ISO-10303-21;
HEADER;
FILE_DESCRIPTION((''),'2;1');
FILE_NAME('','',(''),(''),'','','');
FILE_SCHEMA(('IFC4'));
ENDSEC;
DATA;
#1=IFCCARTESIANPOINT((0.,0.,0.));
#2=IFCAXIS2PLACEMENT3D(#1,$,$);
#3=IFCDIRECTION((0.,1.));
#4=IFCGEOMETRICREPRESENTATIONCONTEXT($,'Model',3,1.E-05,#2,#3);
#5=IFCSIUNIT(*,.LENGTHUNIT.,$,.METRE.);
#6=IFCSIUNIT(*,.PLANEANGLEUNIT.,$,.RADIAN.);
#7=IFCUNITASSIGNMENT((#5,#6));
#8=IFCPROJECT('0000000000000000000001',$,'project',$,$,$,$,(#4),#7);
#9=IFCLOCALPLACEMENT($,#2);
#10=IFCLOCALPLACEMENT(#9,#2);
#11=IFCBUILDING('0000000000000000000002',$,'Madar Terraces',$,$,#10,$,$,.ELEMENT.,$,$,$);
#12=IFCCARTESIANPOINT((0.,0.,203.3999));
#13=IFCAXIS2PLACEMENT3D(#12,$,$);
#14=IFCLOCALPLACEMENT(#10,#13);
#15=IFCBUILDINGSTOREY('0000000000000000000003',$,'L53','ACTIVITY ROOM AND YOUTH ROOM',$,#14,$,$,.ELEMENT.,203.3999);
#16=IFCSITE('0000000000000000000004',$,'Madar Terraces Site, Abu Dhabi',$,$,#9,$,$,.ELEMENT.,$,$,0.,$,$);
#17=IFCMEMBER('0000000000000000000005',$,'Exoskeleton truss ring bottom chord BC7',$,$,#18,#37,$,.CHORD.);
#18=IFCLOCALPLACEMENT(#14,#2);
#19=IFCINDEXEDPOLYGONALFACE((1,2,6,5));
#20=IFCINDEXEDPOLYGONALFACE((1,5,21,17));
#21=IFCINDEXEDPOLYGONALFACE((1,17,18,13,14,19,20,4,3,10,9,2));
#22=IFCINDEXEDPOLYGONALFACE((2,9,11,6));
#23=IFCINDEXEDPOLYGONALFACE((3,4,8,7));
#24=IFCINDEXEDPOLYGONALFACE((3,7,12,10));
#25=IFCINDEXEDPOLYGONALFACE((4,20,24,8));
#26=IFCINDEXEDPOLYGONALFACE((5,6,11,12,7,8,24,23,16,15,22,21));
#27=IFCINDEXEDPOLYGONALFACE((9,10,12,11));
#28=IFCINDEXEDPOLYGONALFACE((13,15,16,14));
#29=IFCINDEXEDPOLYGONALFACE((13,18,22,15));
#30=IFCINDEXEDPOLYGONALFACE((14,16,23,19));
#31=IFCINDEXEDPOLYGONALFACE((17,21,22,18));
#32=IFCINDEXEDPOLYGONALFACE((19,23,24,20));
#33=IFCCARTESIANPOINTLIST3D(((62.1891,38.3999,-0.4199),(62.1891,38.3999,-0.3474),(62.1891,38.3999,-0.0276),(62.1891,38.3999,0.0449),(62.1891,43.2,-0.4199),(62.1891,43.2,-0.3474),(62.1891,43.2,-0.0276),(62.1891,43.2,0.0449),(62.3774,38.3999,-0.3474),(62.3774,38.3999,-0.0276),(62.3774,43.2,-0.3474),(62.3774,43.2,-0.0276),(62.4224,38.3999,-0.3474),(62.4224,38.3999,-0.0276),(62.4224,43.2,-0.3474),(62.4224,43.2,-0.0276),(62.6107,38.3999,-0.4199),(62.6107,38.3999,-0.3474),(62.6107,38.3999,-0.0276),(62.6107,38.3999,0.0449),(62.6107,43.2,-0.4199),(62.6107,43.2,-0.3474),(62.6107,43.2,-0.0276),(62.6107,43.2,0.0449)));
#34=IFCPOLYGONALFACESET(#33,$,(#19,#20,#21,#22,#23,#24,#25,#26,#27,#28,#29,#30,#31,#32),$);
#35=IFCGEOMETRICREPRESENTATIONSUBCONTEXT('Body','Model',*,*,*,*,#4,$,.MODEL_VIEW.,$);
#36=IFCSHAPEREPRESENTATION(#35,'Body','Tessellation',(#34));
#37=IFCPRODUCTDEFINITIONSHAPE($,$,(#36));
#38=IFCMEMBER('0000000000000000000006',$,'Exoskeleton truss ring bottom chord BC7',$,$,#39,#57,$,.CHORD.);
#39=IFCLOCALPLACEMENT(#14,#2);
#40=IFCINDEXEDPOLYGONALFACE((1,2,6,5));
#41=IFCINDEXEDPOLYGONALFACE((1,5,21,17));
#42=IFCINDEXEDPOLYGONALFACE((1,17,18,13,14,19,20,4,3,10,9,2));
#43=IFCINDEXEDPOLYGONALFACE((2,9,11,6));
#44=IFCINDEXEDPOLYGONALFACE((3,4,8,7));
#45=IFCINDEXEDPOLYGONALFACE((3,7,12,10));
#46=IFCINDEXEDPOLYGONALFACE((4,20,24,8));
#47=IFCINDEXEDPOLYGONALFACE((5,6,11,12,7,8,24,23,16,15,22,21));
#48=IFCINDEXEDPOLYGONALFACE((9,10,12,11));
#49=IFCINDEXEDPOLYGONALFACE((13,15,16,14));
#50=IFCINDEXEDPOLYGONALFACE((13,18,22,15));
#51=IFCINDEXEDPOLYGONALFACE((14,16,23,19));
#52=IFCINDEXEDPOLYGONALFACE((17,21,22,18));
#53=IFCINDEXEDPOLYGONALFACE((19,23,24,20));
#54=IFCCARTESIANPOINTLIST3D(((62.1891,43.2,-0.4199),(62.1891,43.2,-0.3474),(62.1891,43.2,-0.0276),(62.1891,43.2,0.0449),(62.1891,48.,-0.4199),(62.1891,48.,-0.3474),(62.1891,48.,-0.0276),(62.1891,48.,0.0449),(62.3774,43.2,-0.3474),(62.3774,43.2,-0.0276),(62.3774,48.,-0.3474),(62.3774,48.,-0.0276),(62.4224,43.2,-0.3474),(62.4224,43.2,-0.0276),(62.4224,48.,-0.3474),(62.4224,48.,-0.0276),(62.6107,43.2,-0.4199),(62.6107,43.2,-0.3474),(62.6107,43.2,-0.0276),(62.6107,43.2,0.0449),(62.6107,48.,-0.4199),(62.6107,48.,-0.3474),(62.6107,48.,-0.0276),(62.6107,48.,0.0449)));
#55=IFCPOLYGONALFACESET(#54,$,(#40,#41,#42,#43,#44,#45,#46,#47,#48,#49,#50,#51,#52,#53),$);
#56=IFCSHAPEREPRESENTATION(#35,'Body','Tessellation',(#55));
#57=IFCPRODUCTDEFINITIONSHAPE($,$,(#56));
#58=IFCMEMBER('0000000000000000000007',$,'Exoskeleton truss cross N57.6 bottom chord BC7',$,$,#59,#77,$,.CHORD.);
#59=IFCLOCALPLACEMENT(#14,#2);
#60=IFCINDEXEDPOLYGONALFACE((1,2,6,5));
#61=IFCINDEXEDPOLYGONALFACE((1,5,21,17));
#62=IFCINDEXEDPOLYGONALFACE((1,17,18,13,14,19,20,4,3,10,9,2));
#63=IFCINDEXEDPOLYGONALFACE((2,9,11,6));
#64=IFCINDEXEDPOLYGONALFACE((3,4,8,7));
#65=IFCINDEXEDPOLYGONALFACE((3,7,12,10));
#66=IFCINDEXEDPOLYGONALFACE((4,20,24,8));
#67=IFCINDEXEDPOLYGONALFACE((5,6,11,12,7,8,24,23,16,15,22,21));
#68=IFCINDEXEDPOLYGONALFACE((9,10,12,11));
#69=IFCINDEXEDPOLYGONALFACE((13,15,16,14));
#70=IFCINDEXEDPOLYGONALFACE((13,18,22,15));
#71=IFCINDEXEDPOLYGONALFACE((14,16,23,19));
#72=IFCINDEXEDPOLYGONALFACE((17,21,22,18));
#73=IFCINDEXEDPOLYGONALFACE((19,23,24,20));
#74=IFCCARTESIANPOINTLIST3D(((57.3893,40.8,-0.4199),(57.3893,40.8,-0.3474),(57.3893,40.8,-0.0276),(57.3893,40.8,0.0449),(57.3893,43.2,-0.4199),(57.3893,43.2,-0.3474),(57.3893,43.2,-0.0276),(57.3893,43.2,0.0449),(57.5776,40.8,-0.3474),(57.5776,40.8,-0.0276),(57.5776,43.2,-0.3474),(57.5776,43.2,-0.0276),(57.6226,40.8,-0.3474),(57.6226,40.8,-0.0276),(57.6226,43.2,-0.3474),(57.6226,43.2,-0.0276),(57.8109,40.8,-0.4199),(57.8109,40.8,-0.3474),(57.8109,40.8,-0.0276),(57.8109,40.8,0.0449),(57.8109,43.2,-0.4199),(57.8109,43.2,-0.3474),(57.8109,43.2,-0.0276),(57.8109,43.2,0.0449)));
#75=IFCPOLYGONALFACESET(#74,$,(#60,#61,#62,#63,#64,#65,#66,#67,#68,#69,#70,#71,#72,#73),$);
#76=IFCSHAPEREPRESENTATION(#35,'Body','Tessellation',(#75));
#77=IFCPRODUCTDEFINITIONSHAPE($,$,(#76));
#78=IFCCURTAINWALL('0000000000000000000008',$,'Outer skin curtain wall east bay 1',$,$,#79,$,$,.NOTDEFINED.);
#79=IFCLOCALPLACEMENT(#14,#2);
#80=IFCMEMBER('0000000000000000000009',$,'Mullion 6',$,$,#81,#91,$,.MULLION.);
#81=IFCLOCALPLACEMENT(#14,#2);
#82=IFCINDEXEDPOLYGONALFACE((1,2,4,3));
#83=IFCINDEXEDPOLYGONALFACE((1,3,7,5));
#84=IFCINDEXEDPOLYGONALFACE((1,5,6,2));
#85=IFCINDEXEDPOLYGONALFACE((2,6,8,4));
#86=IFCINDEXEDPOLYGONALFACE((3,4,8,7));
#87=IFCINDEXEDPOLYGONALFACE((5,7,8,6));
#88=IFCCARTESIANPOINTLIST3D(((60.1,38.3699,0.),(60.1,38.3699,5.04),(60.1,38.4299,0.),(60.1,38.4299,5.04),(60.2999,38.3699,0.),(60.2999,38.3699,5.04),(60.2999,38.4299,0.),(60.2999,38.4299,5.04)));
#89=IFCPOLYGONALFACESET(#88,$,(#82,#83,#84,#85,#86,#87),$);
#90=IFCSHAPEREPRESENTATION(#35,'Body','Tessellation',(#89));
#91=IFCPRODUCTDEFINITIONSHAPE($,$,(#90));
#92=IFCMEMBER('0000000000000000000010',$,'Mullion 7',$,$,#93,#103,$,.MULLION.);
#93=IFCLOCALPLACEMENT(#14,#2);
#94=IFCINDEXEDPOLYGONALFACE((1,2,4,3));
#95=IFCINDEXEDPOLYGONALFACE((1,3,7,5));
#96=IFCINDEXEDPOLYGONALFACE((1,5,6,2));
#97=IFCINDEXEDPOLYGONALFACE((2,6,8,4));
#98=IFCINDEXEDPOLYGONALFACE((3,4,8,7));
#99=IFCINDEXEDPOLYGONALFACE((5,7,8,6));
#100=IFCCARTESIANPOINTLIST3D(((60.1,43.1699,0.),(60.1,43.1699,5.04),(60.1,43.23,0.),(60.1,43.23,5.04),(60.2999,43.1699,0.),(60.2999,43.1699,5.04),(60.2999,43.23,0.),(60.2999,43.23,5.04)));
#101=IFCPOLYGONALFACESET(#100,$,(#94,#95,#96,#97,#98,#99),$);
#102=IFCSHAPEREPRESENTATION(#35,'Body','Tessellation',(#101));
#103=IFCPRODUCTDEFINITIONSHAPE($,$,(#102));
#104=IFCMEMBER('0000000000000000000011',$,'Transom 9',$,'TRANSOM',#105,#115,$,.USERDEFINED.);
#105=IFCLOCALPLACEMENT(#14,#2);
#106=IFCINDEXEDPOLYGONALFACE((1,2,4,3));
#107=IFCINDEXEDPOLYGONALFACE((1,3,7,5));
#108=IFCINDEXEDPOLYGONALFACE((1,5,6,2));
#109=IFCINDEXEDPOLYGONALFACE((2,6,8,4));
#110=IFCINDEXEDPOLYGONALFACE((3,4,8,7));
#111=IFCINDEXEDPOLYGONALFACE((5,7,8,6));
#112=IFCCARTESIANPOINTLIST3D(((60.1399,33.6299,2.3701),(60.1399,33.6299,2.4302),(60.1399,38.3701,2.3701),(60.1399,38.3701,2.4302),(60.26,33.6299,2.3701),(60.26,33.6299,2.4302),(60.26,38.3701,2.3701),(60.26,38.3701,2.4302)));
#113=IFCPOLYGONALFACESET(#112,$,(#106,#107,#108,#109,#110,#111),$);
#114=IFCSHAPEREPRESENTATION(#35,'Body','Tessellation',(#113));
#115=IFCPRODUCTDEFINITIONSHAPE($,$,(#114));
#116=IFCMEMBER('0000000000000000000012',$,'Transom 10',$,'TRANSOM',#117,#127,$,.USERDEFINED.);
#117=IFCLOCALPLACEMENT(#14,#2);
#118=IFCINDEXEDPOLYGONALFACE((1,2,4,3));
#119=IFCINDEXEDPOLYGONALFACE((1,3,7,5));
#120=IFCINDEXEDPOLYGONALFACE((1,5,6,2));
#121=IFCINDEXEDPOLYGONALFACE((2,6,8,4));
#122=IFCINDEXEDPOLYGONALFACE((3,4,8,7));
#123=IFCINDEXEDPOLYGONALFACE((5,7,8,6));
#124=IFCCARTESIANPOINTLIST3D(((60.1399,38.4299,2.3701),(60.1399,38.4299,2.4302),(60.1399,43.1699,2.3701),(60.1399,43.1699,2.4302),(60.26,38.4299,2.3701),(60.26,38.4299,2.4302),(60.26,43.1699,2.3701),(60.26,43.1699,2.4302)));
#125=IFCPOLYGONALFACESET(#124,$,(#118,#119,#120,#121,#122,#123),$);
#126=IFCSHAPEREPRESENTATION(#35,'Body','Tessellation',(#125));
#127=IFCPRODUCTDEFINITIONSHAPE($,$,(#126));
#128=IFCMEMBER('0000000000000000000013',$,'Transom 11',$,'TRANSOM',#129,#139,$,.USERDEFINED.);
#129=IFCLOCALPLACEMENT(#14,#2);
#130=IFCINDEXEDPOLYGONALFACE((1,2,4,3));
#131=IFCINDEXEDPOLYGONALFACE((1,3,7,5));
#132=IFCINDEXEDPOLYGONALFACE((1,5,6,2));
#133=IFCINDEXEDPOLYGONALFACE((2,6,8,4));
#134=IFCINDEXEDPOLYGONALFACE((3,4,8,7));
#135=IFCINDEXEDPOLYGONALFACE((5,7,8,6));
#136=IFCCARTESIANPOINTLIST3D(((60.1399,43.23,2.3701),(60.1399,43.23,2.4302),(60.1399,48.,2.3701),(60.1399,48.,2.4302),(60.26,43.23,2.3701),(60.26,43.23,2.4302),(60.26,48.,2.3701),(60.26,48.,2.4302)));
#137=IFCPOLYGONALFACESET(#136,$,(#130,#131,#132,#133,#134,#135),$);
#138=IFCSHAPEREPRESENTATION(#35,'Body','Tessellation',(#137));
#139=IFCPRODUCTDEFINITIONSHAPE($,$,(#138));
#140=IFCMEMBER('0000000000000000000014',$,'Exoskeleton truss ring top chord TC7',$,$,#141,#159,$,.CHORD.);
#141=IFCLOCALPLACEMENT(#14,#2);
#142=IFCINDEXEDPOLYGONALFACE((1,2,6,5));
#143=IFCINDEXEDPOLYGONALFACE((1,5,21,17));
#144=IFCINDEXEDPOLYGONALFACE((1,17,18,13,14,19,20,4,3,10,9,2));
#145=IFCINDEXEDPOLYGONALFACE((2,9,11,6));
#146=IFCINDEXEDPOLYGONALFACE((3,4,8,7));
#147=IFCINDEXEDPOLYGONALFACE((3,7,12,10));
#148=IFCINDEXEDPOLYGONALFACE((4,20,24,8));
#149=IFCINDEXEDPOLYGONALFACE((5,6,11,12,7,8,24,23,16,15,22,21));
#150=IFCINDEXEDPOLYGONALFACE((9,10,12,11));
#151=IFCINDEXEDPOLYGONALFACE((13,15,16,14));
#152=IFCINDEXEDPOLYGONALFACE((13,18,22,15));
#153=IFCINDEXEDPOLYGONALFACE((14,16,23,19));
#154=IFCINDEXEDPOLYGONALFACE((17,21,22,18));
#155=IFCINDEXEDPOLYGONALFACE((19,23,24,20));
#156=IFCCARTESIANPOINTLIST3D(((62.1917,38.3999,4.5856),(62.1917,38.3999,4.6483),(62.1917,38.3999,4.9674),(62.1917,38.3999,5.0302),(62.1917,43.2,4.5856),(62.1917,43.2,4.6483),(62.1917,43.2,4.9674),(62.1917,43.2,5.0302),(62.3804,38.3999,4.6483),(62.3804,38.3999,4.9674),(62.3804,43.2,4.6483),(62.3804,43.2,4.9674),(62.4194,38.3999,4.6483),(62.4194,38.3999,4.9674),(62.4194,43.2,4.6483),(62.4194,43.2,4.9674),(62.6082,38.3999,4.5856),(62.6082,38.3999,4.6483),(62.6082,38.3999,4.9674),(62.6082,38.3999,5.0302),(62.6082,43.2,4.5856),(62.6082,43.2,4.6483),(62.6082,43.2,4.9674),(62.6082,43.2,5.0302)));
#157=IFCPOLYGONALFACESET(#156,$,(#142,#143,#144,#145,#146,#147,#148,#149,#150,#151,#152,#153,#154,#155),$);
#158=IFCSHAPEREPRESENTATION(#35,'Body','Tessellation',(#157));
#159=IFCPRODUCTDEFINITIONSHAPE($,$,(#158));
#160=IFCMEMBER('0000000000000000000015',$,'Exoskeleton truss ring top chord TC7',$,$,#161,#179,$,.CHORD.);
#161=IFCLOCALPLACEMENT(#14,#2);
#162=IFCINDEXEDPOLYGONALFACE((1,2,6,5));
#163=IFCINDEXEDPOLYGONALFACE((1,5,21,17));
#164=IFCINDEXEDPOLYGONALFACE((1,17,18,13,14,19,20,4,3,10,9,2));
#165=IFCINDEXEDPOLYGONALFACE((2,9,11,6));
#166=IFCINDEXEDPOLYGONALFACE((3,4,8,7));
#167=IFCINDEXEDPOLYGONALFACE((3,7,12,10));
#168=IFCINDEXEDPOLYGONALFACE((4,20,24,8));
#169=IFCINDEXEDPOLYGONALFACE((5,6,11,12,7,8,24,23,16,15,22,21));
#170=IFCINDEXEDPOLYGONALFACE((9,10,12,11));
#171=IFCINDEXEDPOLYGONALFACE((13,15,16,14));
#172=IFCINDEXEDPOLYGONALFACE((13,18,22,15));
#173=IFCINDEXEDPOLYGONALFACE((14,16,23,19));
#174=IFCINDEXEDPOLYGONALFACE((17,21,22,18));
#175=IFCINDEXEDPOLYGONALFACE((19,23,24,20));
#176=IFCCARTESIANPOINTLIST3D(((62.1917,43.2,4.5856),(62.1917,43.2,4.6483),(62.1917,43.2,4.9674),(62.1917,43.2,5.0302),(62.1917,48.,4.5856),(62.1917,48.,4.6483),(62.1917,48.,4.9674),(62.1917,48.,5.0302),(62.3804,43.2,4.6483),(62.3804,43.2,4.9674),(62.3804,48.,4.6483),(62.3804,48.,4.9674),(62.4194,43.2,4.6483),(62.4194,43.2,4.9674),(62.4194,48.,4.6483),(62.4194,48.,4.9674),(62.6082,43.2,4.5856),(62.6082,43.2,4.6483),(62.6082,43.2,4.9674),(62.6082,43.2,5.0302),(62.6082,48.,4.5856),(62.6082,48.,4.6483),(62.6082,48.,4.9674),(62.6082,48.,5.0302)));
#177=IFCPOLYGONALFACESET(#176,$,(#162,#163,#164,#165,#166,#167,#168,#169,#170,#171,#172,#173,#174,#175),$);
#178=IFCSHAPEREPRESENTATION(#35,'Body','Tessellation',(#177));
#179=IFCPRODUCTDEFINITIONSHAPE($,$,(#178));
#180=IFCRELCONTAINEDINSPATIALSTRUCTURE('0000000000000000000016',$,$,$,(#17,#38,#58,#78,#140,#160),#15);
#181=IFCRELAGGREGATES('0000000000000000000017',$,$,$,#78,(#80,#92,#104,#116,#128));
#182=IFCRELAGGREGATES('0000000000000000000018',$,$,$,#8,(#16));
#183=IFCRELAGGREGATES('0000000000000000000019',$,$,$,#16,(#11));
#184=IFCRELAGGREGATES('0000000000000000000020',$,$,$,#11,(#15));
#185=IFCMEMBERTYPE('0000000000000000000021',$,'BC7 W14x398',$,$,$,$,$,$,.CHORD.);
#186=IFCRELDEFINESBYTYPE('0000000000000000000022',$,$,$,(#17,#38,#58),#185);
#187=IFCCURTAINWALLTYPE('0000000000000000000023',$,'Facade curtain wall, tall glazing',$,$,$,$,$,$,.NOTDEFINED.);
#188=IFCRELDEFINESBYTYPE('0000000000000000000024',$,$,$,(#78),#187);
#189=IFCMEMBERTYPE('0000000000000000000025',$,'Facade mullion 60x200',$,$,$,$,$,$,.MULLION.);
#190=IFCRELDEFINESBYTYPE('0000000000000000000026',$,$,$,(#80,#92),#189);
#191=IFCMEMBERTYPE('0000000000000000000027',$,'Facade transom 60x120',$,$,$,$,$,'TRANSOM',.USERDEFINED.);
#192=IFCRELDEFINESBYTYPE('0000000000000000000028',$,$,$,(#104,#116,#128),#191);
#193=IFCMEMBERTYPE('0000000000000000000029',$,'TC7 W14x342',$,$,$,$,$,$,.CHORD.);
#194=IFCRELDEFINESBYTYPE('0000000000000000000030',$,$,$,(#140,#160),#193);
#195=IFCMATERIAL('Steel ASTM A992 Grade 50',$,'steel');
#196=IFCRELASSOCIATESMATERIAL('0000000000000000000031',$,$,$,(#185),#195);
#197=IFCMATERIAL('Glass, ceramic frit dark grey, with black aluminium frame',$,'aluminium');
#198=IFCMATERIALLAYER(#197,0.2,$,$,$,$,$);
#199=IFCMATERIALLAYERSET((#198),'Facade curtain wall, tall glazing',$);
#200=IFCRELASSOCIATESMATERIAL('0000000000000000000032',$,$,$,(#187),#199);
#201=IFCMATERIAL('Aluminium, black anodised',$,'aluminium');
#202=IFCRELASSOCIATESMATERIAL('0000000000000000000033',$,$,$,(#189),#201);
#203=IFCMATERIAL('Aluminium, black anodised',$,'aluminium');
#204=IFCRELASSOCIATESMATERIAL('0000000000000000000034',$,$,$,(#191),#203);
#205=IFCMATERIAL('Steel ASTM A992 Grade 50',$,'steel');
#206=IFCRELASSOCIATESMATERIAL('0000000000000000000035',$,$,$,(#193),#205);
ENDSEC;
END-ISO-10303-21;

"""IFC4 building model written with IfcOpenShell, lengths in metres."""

from ifc_helpers import new_model, si_unit, direction, frame, origin, origin_2d, place, context, subcontext, project, spatial, rectangle, i_section, extrude, material, layer, layer_set, material_profile, profile_set, type_object, element, aggregate, save


model = new_model("IFC4")

# Units and contexts
model_context = context("Model", 3, precision=1e-05, world=origin(), true_north=direction((0.0, 1.0)))
body_context = subcontext(model_context, "Body", "Model", "MODEL_VIEW")
ifc_project = project(units=[si_unit("LENGTHUNIT", "METRE"), si_unit("PLANEANGLEUNIT", "RADIAN")], contexts=[model_context])

# Site, building, storey
site_placement = place(None, origin())
site = spatial("IfcSite", under=ifc_project, at=site_placement, Name="Madar Terraces Site, Abu Dhabi", CompositionType="ELEMENT", RefElevation=0.0)
building_placement = place(site_placement, origin())
building = spatial("IfcBuilding", under=site, at=building_placement, Name="Madar Terraces", CompositionType="ELEMENT")
storey_placement = place(building_placement, frame((0.0, 0.0, 203.3999)))
storey = spatial("IfcBuildingStorey", under=building, at=storey_placement, Name="L53", Description="ACTIVITY ROOM AND YOUTH ROOM", CompositionType="ELEMENT", Elevation=203.3999)

# Members
ifc_material_1 = material(Name="Steel ASTM A992 Grade 50", Category="steel")
ifc_material_profile_1 = material_profile(ifc_material_1, i_section(OverallWidth=0.4216, OverallDepth=0.4648, WebThickness=0.0449, FlangeThickness=0.0725, at=origin_2d()), Name="W14x398")
ifc_profile_set_1 = profile_set([ifc_material_profile_1], Name="Steel ASTM A992 Grade 50")
member_type_1 = type_object("IfcMemberType", Name="BC7 W14x398", PredefinedType="CHORD", material=ifc_profile_set_1)
for number, where, z_axis, x_axis, name in (
    (1, (62.3999, 38.3999, -0.1875), (0.0, 1.0, 0.0), (-1.0, 0.0, 0.0), "Exoskeleton truss ring bottom chord BC7"),
    (2, (62.3999, 43.2, -0.1875), (0.0, 1.0, 0.0), (-1.0, 0.0, 0.0), "Exoskeleton truss ring bottom chord BC7"),
):
    element("IfcMember", number, at=place(storey_placement, frame(where, z_axis=z_axis, x_axis=x_axis)), inside=storey, type_object=member_type_1, Name=name, PredefinedType="CHORD", context=body_context, shape_type="SweptSolid", body=[
        extrude(i_section(OverallWidth=0.4216, OverallDepth=0.4648, WebThickness=0.0449, FlangeThickness=0.0725, at=origin_2d()), origin(), (0.0, 0.0, 1.0), 4.8),
    ])
member_1_placement = place(storey_placement, frame((57.6001, 43.2, -0.1875), z_axis=(0.0, -1.0, 0.0), x_axis=(1.0, 0.0, 0.0)))
element("IfcMember", 3, at=member_1_placement, inside=storey, type_object=member_type_1, Name="Exoskeleton truss cross N57.6 bottom chord BC7", PredefinedType="CHORD", context=body_context, shape_type="SweptSolid", body=[
    extrude(i_section(OverallWidth=0.4216, OverallDepth=0.4648, WebThickness=0.0449, FlangeThickness=0.0725, at=origin_2d()), origin(), (0.0, 0.0, 1.0), 2.3999),
])

# Curtain wall, members
ifc_material_2 = material(Name="Glass, ceramic frit dark grey, with black aluminium frame", Category="aluminium")
ifc_layer_1 = layer(ifc_material_2, 0.2)
ifc_layer_set_1 = layer_set([ifc_layer_1], Name="Facade curtain wall, tall glazing")
curtain_wall_type = type_object("IfcCurtainWallType", Name="Facade curtain wall, tall glazing", PredefinedType="NOTDEFINED", material=ifc_layer_set_1)
curtain_wall_placement = place(storey_placement, origin())
curtain_wall = element("IfcCurtainWall", 4, at=curtain_wall_placement, inside=storey, type_object=curtain_wall_type, Name="Outer skin curtain wall east bay 1", PredefinedType="NOTDEFINED")
ifc_material_3 = material(Name="Aluminium, black anodised", Category="aluminium")
ifc_material_profile_2 = material_profile(ifc_material_3, rectangle(XDim=0.2, YDim=0.0601, at=origin_2d()), Name="Facade mullion 60x200")
ifc_profile_set_2 = profile_set([ifc_material_profile_2], Name="Aluminium, black anodised")
member_type_2 = type_object("IfcMemberType", Name="Facade mullion 60x200", PredefinedType="MULLION", material=ifc_profile_set_2)
member_2_placement = place(storey_placement, frame((60.2, 38.3999, 0.0), z_axis=(0.0, 0.0, 1.0), x_axis=(-1.0, 0.0, 0.0)))
member_2 = element("IfcMember", 5, at=member_2_placement, type_object=member_type_2, Name="Mullion 6", PredefinedType="MULLION", context=body_context, shape_type="SweptSolid", body=[
    extrude(rectangle(XDim=0.2, YDim=0.0601, at=origin_2d()), origin(), (0.0, 0.0, 1.0), 5.04),
])
member_3_placement = place(storey_placement, frame((60.2, 43.2, 0.0), z_axis=(0.0, 0.0, 1.0), x_axis=(-1.0, 0.0, 0.0)))
member_3 = element("IfcMember", 6, at=member_3_placement, type_object=member_type_2, Name="Mullion 7", PredefinedType="MULLION", context=body_context, shape_type="SweptSolid", body=[
    extrude(rectangle(XDim=0.2, YDim=0.0601, at=origin_2d()), origin(), (0.0, 0.0, 1.0), 5.04),
])
ifc_material_4 = material(Name="Aluminium, black anodised", Category="aluminium")
ifc_material_profile_3 = material_profile(ifc_material_4, rectangle(XDim=0.1201, YDim=0.0601, at=origin_2d()), Name="Facade transom 60x120")
ifc_profile_set_3 = profile_set([ifc_material_profile_3], Name="Aluminium, black anodised")
member_type_3 = type_object("IfcMemberType", Name="Facade transom 60x120", ElementType="TRANSOM", PredefinedType="USERDEFINED", material=ifc_profile_set_3)
member_4_placement = place(storey_placement, frame((60.2, 33.6299, 2.4001), z_axis=(0.0, 1.0, 0.0), x_axis=(-1.0, 0.0, 0.0)))
member_4 = element("IfcMember", 7, at=member_4_placement, type_object=member_type_3, Name="Transom 9", ObjectType="TRANSOM", PredefinedType="USERDEFINED", context=body_context, shape_type="SweptSolid", body=[
    extrude(rectangle(XDim=0.1201, YDim=0.0601, at=origin_2d()), origin(), (0.0, 0.0, 1.0), 4.7402),
])
member_5_placement = place(storey_placement, frame((60.2, 38.4299, 2.4001), z_axis=(0.0, 1.0, 0.0), x_axis=(-1.0, 0.0, 0.0)))
member_5 = element("IfcMember", 8, at=member_5_placement, type_object=member_type_3, Name="Transom 10", ObjectType="TRANSOM", PredefinedType="USERDEFINED", context=body_context, shape_type="SweptSolid", body=[
    extrude(rectangle(XDim=0.1201, YDim=0.0601, at=origin_2d()), origin(), (0.0, 0.0, 1.0), 4.74),
])
member_6_placement = place(storey_placement, frame((60.2, 43.23, 2.4001), z_axis=(0.0, 1.0, 0.0), x_axis=(-1.0, 0.0, 0.0)))
member_6 = element("IfcMember", 9, at=member_6_placement, type_object=member_type_3, Name="Transom 11", ObjectType="TRANSOM", PredefinedType="USERDEFINED", context=body_context, shape_type="SweptSolid", body=[
    extrude(rectangle(XDim=0.1201, YDim=0.0601, at=origin_2d()), origin(), (0.0, 0.0, 1.0), 4.77),
])

# Members
ifc_material_5 = material(Name="Steel ASTM A992 Grade 50", Category="steel")
ifc_material_profile_4 = material_profile(ifc_material_5, i_section(OverallWidth=0.4165, OverallDepth=0.4446, WebThickness=0.0391, FlangeThickness=0.0627, at=origin_2d()), Name="W14x342")
ifc_profile_set_4 = profile_set([ifc_material_profile_4], Name="Steel ASTM A992 Grade 50")
member_type_4 = type_object("IfcMemberType", Name="TC7 W14x342", PredefinedType="CHORD", material=ifc_profile_set_4)
for number, where, z_axis, x_axis, name in (
    (10, (62.3999, 38.3999, 4.8079), (0.0, 1.0, 0.0), (-1.0, 0.0, 0.0), "Exoskeleton truss ring top chord TC7"),
    (11, (62.3999, 43.2, 4.8079), (0.0, 1.0, 0.0), (-1.0, 0.0, 0.0), "Exoskeleton truss ring top chord TC7"),
):
    element("IfcMember", number, at=place(storey_placement, frame(where, z_axis=z_axis, x_axis=x_axis)), inside=storey, type_object=member_type_4, Name=name, PredefinedType="CHORD", context=body_context, shape_type="SweptSolid", body=[
        extrude(i_section(OverallWidth=0.4165, OverallDepth=0.4446, WebThickness=0.0391, FlangeThickness=0.0627, at=origin_2d()), origin(), (0.0, 0.0, 1.0), 4.8),
    ])

aggregate(curtain_wall, [member_2, member_3, member_4, member_5, member_6])

save(model, "model.ifc")
